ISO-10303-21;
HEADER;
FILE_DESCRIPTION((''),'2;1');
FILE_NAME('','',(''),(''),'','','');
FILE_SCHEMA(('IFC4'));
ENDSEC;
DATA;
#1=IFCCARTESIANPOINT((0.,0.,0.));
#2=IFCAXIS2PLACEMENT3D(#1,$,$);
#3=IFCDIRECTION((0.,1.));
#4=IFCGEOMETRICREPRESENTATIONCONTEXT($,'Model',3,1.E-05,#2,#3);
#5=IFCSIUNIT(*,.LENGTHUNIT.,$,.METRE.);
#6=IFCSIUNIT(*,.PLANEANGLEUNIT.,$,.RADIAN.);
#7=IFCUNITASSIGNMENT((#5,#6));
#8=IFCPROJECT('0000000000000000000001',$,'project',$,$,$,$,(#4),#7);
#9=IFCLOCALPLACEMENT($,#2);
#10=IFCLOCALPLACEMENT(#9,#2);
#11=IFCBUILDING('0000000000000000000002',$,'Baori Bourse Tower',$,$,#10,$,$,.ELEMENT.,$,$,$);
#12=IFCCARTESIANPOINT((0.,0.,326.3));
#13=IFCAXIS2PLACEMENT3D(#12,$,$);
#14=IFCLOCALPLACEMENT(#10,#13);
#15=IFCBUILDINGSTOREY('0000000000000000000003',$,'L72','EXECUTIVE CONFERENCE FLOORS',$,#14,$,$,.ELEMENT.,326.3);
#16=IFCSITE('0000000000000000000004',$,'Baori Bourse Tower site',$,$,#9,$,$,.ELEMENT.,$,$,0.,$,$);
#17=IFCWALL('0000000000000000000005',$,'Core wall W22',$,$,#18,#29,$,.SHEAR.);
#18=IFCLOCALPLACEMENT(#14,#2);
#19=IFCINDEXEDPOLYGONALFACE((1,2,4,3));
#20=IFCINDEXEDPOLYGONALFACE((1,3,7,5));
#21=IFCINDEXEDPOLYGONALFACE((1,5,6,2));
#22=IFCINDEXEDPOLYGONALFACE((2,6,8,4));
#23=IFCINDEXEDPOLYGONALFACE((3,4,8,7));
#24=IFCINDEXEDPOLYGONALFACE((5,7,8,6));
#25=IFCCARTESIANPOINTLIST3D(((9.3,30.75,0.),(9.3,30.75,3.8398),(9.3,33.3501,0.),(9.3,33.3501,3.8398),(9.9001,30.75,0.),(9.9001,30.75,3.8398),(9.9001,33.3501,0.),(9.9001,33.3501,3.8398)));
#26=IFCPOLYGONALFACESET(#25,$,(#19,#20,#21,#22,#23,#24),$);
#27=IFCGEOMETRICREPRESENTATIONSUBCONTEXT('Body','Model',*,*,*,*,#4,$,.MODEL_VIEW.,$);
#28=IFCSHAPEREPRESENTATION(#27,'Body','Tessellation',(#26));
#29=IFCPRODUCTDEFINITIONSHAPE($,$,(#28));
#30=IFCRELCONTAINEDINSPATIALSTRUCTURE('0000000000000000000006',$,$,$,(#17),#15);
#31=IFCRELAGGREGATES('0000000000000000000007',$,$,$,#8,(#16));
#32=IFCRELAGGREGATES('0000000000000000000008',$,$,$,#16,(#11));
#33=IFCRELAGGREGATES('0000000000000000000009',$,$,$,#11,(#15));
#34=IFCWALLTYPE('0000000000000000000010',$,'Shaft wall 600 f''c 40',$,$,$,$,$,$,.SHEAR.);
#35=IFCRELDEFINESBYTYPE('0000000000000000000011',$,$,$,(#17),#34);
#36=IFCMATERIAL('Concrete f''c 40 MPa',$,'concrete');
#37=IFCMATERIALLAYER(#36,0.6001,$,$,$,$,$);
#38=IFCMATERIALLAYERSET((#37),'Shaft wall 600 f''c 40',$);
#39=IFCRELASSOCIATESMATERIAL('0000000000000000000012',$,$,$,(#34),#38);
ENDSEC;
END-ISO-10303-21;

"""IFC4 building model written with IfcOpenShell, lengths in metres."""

from ifc_helpers import new_model, si_unit, direction, frame, frame_2d, origin, place, context, subcontext, project, spatial, rectangle, extrude, material, layer, layer_set, type_object, element, save


model = new_model("IFC4")

# Units and contexts
model_context = context("Model", 3, precision=1e-05, world=origin(), true_north=direction((0.0, 1.0)))
body_context = subcontext(model_context, "Body", "Model", "MODEL_VIEW")
ifc_project = project(units=[si_unit("LENGTHUNIT", "METRE"), si_unit("PLANEANGLEUNIT", "RADIAN")], contexts=[model_context])

# Site, building, storey
site_placement = place(None, origin())
site = spatial("IfcSite", under=ifc_project, at=site_placement, Name="Baori Bourse Tower site", CompositionType="ELEMENT", RefElevation=0.0)
building_placement = place(site_placement, origin())
building = spatial("IfcBuilding", under=site, at=building_placement, Name="Baori Bourse Tower", CompositionType="ELEMENT")
storey_placement = place(building_placement, frame((0.0, 0.0, 326.3)))
storey = spatial("IfcBuildingStorey", under=building, at=storey_placement, Name="L72", Description="EXECUTIVE CONFERENCE FLOORS", CompositionType="ELEMENT", Elevation=326.3)

# Wall
ifc_material_1 = material(Name="Concrete f'c 40 MPa", Category="concrete")
ifc_layer_1 = layer(ifc_material_1, 0.6001)
ifc_layer_set_1 = layer_set([ifc_layer_1], Name="Shaft wall 600 f'c 40")
wall_type_1 = type_object("IfcWallType", Name="Shaft wall 600 f'c 40", PredefinedType="SHEAR", material=ifc_layer_set_1)
for number, where, z_axis, x_axis, name in (
    (1, (9.6001, 30.75, 0.0), (0.0, 0.0, 1.0), (0.0, 1.0, 0.0), "Core wall W22"),
):
    element("IfcWall", number, at=place(storey_placement, frame(where, z_axis=z_axis, x_axis=x_axis)), inside=storey, type_object=wall_type_1, Name=name, PredefinedType="SHEAR", context=body_context, shape_type="SweptSolid", body=[
        extrude(rectangle(XDim=2.6001, YDim=0.6001, at=frame_2d((1.3, 0.0))), origin(), (0.0, 0.0, 1.0), 3.8398),
    ])

save(model, "model.ifc")
